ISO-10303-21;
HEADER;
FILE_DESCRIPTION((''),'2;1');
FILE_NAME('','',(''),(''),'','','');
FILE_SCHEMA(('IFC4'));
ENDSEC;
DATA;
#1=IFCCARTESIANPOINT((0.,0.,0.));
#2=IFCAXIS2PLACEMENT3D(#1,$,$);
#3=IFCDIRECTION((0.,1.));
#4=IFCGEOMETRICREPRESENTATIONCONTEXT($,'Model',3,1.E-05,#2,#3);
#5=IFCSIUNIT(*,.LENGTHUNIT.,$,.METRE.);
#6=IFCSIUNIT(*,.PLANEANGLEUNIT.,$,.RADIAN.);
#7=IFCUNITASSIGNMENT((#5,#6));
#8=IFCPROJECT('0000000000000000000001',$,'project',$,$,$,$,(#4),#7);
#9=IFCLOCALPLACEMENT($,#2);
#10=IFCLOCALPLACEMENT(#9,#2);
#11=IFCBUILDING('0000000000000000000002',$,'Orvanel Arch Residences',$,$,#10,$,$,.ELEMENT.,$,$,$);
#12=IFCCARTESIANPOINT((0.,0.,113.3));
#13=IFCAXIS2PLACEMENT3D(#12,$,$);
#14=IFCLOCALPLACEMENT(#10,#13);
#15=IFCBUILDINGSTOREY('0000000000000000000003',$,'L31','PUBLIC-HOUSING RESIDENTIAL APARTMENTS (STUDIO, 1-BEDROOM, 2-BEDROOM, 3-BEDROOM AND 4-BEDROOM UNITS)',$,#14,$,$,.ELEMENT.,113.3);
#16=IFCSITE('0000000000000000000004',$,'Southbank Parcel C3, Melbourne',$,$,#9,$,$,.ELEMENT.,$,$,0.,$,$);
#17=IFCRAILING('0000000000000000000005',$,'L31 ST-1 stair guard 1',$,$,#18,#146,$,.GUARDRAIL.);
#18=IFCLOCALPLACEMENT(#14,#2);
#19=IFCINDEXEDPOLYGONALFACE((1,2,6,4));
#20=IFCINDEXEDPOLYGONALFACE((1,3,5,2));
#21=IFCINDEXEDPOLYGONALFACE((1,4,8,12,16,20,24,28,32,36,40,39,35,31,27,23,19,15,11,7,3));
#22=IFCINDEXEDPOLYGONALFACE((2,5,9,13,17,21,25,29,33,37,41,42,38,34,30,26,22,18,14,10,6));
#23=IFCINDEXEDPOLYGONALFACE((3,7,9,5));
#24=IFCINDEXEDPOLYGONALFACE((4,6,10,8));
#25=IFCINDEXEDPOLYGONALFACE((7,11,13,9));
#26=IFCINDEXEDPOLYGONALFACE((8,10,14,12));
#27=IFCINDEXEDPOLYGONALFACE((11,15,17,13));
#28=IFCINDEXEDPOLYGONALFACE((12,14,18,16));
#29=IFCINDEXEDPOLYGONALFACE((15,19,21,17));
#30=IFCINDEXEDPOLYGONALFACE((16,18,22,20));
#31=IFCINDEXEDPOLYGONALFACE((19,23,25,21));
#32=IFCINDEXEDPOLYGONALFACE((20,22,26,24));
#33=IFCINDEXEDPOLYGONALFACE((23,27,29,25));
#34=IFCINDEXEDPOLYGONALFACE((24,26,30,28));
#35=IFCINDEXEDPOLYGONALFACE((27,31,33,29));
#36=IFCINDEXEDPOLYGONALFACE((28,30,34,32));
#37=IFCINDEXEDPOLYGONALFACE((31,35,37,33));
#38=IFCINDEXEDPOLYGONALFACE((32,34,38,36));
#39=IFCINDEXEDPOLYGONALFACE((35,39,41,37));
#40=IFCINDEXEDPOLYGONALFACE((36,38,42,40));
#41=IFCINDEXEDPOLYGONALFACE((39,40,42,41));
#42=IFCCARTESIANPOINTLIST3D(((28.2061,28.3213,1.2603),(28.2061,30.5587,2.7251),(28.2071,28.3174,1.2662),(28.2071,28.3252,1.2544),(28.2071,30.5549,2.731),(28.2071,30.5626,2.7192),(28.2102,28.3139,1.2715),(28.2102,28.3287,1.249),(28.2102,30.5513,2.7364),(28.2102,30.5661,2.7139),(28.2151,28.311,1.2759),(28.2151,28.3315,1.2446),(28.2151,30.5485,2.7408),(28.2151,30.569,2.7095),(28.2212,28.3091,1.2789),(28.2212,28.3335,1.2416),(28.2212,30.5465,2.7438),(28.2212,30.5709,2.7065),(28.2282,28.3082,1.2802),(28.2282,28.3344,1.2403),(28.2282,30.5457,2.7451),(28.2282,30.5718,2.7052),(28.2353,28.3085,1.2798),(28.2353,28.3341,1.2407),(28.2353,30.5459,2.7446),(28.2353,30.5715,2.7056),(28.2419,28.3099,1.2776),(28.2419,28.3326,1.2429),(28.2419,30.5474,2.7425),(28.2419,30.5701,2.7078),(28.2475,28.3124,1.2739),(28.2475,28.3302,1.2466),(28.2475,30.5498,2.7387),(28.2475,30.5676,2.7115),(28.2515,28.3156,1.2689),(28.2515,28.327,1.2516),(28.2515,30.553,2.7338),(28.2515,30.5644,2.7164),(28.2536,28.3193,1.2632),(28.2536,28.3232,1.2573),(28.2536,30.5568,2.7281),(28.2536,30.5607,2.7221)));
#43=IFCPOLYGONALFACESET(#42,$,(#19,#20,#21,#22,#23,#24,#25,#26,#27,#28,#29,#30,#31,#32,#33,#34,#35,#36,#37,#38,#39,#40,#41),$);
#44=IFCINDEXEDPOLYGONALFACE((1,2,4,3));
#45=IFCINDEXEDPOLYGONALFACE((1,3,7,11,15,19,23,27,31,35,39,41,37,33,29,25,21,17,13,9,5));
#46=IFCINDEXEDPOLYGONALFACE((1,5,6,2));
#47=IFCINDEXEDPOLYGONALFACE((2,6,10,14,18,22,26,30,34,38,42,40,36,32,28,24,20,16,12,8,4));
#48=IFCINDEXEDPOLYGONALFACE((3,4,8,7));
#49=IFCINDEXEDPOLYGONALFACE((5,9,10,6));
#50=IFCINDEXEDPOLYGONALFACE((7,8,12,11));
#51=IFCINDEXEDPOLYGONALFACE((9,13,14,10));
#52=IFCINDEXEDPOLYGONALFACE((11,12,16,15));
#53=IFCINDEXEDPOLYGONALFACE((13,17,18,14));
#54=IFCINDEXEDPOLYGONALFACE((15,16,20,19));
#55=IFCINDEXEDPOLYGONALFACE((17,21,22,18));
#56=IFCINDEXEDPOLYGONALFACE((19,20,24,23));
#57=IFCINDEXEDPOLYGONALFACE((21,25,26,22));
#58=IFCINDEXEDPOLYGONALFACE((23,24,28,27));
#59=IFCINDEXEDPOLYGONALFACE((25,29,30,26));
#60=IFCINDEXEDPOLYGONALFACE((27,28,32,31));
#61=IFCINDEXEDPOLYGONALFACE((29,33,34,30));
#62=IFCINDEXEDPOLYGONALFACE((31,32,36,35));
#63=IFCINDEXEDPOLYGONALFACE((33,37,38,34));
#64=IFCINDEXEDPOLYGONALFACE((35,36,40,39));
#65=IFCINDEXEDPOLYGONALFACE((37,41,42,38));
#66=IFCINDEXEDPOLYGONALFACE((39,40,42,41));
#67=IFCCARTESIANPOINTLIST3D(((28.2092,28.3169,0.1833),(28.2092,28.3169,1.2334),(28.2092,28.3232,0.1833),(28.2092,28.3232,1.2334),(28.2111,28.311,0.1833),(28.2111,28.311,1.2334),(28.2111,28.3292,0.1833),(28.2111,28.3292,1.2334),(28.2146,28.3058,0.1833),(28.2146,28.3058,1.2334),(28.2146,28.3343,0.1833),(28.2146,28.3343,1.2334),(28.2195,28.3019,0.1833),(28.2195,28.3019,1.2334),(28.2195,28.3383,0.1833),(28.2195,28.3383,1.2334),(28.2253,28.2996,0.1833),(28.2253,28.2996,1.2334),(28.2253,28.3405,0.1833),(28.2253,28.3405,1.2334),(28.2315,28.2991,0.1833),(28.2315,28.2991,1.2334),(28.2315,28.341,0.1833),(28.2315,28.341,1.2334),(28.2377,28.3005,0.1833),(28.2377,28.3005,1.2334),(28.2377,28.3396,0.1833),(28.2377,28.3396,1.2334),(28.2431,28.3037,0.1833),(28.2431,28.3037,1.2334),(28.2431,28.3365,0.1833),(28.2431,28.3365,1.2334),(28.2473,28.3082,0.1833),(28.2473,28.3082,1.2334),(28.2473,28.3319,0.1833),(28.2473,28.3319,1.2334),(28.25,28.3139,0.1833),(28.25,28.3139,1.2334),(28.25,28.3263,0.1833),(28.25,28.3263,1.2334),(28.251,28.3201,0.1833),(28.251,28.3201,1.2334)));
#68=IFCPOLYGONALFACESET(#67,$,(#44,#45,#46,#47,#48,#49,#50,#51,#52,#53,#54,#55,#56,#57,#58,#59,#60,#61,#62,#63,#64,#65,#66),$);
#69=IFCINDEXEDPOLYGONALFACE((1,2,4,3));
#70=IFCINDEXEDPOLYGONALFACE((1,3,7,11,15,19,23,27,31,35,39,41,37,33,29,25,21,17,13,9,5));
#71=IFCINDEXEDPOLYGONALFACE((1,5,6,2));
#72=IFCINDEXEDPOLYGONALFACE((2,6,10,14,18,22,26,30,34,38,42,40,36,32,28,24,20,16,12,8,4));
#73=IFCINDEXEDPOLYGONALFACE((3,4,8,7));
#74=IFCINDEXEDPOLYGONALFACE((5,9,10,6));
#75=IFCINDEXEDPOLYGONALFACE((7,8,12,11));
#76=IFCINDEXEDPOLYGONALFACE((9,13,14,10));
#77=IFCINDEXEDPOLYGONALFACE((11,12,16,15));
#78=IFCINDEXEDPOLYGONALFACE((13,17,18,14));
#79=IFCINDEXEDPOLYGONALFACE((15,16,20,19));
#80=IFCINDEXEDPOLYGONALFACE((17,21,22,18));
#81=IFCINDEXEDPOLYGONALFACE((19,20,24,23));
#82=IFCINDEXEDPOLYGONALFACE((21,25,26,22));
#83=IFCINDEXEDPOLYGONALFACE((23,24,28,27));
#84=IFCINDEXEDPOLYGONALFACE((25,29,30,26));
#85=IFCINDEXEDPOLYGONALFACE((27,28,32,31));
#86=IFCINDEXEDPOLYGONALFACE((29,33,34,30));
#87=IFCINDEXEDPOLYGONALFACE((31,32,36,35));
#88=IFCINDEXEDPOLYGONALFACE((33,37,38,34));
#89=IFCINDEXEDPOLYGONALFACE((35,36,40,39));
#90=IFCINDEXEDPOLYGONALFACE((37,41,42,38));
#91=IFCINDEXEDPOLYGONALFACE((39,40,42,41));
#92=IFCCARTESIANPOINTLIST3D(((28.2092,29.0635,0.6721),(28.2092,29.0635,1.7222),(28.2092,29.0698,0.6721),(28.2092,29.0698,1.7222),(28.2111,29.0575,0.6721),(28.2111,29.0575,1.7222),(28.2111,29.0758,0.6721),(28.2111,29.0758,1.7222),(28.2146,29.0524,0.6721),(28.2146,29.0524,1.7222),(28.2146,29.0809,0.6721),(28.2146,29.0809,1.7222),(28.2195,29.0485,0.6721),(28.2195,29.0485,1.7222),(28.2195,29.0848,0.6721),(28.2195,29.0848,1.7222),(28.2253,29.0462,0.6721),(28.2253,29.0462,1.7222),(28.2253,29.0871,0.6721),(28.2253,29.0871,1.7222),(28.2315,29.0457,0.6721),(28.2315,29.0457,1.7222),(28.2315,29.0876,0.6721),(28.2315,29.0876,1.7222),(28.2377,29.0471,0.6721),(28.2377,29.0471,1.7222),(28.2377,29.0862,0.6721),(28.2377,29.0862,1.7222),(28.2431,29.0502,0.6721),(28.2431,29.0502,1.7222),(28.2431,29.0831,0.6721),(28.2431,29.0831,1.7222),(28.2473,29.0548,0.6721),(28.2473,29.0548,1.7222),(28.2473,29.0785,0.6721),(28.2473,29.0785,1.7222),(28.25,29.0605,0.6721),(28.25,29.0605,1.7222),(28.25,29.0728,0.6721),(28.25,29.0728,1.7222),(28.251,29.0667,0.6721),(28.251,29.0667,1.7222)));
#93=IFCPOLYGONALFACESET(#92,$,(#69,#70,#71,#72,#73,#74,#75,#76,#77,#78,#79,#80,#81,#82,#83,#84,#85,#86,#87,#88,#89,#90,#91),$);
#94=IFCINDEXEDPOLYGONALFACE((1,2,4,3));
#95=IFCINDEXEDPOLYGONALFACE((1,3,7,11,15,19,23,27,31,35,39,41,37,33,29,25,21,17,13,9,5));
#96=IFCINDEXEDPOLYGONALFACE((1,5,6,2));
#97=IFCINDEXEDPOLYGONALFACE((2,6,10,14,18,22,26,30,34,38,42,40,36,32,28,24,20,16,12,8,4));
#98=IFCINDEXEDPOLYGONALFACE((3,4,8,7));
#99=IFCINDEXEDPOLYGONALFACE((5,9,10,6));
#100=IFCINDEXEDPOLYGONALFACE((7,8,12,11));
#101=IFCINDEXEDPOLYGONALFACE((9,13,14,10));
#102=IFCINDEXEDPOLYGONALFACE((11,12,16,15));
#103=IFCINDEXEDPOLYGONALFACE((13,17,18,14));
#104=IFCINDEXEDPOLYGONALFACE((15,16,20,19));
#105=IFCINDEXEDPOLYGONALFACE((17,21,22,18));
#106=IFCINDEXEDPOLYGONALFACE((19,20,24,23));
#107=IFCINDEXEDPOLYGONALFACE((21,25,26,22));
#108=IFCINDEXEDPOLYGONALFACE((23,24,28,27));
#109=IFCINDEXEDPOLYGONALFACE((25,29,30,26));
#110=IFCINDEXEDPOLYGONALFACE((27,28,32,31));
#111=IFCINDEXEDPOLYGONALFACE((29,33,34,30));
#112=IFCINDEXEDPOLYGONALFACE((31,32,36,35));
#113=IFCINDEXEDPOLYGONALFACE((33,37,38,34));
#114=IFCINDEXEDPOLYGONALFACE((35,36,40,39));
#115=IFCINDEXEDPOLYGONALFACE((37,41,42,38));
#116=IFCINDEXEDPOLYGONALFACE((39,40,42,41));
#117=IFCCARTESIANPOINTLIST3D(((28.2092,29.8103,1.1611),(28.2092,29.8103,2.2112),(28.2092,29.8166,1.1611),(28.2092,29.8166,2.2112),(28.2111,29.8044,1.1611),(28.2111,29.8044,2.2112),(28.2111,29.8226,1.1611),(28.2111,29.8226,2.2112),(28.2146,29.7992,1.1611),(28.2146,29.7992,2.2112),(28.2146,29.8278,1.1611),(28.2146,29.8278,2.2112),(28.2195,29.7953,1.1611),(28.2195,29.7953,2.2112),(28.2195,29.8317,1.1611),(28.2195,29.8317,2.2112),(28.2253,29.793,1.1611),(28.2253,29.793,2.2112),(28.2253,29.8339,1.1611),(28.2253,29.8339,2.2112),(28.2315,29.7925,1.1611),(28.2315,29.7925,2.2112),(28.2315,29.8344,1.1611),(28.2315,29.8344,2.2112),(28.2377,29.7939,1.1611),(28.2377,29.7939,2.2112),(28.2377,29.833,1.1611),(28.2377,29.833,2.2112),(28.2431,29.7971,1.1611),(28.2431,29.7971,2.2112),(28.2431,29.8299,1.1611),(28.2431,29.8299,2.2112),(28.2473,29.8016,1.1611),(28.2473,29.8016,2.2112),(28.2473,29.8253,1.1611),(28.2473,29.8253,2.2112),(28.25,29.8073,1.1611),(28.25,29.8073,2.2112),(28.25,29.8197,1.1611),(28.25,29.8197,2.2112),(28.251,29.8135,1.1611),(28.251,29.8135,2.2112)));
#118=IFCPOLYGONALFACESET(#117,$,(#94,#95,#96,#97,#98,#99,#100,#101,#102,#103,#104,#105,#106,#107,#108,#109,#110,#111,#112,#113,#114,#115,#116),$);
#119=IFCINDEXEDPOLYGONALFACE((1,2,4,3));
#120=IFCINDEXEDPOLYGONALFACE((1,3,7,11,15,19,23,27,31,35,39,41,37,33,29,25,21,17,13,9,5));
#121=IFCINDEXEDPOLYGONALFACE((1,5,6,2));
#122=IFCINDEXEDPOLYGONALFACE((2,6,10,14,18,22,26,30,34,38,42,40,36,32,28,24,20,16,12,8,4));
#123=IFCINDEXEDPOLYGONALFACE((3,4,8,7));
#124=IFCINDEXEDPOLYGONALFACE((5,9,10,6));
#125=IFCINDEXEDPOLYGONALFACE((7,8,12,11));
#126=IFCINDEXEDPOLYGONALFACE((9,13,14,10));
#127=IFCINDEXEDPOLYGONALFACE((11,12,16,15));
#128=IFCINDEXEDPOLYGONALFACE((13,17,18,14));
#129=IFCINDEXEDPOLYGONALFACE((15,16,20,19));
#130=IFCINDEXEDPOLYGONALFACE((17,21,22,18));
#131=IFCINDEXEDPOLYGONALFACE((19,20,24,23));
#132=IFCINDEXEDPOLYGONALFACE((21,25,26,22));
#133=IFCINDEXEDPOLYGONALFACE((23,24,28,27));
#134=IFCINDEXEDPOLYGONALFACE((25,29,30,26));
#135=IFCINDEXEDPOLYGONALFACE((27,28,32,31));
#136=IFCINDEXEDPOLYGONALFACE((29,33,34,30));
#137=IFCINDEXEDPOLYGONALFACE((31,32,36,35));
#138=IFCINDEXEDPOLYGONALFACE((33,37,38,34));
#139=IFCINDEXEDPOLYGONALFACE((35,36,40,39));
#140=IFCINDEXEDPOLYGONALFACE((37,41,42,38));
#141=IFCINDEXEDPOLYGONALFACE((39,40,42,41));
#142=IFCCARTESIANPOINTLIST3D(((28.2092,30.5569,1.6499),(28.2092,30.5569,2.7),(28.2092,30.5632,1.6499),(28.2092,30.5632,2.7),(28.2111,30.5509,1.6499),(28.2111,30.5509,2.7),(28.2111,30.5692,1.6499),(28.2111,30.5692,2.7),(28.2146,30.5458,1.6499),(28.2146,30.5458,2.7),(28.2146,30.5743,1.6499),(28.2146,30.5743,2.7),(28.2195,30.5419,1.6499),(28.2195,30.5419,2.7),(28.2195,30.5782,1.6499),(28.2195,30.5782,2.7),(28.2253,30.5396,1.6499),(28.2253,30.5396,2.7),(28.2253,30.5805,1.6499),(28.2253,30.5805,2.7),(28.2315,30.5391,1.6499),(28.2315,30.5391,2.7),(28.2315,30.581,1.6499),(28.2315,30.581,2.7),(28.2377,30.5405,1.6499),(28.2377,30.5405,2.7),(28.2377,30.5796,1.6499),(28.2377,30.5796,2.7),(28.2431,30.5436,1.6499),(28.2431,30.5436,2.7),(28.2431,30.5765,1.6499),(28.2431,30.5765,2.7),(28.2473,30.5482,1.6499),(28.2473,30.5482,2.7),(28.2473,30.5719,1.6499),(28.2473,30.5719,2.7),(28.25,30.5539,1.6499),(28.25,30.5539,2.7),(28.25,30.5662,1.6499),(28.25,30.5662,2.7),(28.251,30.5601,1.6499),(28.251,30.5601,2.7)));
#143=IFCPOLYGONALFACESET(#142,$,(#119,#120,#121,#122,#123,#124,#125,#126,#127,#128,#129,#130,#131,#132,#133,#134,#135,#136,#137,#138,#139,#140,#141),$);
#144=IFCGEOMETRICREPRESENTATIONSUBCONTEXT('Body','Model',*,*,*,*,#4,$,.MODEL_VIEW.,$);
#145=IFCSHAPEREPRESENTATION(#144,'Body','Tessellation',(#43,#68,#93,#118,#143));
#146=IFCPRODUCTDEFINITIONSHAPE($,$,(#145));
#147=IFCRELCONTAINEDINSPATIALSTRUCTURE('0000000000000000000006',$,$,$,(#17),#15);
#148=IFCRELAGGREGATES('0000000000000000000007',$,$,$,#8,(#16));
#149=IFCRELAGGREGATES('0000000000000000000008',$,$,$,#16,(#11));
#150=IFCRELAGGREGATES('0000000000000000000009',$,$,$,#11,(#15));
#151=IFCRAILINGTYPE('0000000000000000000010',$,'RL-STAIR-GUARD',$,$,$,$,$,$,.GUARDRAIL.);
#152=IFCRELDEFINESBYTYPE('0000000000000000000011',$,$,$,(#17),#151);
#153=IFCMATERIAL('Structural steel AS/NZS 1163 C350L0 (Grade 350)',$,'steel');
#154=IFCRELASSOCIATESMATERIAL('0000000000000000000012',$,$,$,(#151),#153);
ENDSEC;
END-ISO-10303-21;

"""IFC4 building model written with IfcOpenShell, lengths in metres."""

from ifc_helpers import new_model, si_unit, direction, frame, origin, origin_2d, place, context, subcontext, project, spatial, circle, extrude, material, type_object, element, save


model = new_model("IFC4")

# Units and contexts
model_context = context("Model", 3, precision=1e-05, world=origin(), true_north=direction((0.0, 1.0)))
body_context = subcontext(model_context, "Body", "Model", "MODEL_VIEW")
ifc_project = project(units=[si_unit("LENGTHUNIT", "METRE"), si_unit("PLANEANGLEUNIT", "RADIAN")], contexts=[model_context])

# Site, building, storey
site_placement = place(None, origin())
site = spatial("IfcSite", under=ifc_project, at=site_placement, Name="Southbank Parcel C3, Melbourne", CompositionType="ELEMENT", RefElevation=0.0)
building_placement = place(site_placement, origin())
building = spatial("IfcBuilding", under=site, at=building_placement, Name="Orvanel Arch Residences", CompositionType="ELEMENT")
storey_placement = place(building_placement, frame((0.0, 0.0, 113.3)))
storey = spatial("IfcBuildingStorey", under=building, at=storey_placement, Name="L31", Description="PUBLIC-HOUSING RESIDENTIAL APARTMENTS (STUDIO, 1-BEDROOM, 2-BEDROOM, 3-BEDROOM AND 4-BEDROOM UNITS)", CompositionType="ELEMENT", Elevation=113.3)

# Railing
ifc_material_1 = material(Name="Structural steel AS/NZS 1163 C350L0 (Grade 350)", Category="steel")
railing_type_1 = type_object("IfcRailingType", Name="RL-STAIR-GUARD", PredefinedType="GUARDRAIL", material=ifc_material_1)
railing_1_placement = place(storey_placement, frame((28.23, 28.3201, 0.1833)))
element("IfcRailing", 1, at=railing_1_placement, inside=storey, type_object=railing_type_1, Name="L31 ST-1 stair guard 1", PredefinedType="GUARDRAIL", context=body_context, shape_type="SweptSolid", body=[
    extrude(circle(Radius=0.0239, at=origin_2d()), frame((0.0, 0.0012, 1.0769), z_axis=(0.0, 0.836637, 0.547758), x_axis=(-1.0, 0.0, 0.0)), (0.0, 0.0, 1.0), 2.6743),
    extrude(circle(Radius=0.021, at=origin_2d()), origin(), (0.0, 0.0, 1.0), 1.05),
    extrude(circle(Radius=0.021, at=origin_2d()), frame((0.0, 0.7466, 0.4888)), (0.0, 0.0, 1.0), 1.05),
    extrude(circle(Radius=0.021, at=origin_2d()), frame((0.0, 1.4934, 0.9778)), (0.0, 0.0, 1.0), 1.05),
    extrude(circle(Radius=0.021, at=origin_2d()), frame((0.0, 2.24, 1.4666)), (0.0, 0.0, 1.0), 1.05),
])

save(model, "model.ifc")
